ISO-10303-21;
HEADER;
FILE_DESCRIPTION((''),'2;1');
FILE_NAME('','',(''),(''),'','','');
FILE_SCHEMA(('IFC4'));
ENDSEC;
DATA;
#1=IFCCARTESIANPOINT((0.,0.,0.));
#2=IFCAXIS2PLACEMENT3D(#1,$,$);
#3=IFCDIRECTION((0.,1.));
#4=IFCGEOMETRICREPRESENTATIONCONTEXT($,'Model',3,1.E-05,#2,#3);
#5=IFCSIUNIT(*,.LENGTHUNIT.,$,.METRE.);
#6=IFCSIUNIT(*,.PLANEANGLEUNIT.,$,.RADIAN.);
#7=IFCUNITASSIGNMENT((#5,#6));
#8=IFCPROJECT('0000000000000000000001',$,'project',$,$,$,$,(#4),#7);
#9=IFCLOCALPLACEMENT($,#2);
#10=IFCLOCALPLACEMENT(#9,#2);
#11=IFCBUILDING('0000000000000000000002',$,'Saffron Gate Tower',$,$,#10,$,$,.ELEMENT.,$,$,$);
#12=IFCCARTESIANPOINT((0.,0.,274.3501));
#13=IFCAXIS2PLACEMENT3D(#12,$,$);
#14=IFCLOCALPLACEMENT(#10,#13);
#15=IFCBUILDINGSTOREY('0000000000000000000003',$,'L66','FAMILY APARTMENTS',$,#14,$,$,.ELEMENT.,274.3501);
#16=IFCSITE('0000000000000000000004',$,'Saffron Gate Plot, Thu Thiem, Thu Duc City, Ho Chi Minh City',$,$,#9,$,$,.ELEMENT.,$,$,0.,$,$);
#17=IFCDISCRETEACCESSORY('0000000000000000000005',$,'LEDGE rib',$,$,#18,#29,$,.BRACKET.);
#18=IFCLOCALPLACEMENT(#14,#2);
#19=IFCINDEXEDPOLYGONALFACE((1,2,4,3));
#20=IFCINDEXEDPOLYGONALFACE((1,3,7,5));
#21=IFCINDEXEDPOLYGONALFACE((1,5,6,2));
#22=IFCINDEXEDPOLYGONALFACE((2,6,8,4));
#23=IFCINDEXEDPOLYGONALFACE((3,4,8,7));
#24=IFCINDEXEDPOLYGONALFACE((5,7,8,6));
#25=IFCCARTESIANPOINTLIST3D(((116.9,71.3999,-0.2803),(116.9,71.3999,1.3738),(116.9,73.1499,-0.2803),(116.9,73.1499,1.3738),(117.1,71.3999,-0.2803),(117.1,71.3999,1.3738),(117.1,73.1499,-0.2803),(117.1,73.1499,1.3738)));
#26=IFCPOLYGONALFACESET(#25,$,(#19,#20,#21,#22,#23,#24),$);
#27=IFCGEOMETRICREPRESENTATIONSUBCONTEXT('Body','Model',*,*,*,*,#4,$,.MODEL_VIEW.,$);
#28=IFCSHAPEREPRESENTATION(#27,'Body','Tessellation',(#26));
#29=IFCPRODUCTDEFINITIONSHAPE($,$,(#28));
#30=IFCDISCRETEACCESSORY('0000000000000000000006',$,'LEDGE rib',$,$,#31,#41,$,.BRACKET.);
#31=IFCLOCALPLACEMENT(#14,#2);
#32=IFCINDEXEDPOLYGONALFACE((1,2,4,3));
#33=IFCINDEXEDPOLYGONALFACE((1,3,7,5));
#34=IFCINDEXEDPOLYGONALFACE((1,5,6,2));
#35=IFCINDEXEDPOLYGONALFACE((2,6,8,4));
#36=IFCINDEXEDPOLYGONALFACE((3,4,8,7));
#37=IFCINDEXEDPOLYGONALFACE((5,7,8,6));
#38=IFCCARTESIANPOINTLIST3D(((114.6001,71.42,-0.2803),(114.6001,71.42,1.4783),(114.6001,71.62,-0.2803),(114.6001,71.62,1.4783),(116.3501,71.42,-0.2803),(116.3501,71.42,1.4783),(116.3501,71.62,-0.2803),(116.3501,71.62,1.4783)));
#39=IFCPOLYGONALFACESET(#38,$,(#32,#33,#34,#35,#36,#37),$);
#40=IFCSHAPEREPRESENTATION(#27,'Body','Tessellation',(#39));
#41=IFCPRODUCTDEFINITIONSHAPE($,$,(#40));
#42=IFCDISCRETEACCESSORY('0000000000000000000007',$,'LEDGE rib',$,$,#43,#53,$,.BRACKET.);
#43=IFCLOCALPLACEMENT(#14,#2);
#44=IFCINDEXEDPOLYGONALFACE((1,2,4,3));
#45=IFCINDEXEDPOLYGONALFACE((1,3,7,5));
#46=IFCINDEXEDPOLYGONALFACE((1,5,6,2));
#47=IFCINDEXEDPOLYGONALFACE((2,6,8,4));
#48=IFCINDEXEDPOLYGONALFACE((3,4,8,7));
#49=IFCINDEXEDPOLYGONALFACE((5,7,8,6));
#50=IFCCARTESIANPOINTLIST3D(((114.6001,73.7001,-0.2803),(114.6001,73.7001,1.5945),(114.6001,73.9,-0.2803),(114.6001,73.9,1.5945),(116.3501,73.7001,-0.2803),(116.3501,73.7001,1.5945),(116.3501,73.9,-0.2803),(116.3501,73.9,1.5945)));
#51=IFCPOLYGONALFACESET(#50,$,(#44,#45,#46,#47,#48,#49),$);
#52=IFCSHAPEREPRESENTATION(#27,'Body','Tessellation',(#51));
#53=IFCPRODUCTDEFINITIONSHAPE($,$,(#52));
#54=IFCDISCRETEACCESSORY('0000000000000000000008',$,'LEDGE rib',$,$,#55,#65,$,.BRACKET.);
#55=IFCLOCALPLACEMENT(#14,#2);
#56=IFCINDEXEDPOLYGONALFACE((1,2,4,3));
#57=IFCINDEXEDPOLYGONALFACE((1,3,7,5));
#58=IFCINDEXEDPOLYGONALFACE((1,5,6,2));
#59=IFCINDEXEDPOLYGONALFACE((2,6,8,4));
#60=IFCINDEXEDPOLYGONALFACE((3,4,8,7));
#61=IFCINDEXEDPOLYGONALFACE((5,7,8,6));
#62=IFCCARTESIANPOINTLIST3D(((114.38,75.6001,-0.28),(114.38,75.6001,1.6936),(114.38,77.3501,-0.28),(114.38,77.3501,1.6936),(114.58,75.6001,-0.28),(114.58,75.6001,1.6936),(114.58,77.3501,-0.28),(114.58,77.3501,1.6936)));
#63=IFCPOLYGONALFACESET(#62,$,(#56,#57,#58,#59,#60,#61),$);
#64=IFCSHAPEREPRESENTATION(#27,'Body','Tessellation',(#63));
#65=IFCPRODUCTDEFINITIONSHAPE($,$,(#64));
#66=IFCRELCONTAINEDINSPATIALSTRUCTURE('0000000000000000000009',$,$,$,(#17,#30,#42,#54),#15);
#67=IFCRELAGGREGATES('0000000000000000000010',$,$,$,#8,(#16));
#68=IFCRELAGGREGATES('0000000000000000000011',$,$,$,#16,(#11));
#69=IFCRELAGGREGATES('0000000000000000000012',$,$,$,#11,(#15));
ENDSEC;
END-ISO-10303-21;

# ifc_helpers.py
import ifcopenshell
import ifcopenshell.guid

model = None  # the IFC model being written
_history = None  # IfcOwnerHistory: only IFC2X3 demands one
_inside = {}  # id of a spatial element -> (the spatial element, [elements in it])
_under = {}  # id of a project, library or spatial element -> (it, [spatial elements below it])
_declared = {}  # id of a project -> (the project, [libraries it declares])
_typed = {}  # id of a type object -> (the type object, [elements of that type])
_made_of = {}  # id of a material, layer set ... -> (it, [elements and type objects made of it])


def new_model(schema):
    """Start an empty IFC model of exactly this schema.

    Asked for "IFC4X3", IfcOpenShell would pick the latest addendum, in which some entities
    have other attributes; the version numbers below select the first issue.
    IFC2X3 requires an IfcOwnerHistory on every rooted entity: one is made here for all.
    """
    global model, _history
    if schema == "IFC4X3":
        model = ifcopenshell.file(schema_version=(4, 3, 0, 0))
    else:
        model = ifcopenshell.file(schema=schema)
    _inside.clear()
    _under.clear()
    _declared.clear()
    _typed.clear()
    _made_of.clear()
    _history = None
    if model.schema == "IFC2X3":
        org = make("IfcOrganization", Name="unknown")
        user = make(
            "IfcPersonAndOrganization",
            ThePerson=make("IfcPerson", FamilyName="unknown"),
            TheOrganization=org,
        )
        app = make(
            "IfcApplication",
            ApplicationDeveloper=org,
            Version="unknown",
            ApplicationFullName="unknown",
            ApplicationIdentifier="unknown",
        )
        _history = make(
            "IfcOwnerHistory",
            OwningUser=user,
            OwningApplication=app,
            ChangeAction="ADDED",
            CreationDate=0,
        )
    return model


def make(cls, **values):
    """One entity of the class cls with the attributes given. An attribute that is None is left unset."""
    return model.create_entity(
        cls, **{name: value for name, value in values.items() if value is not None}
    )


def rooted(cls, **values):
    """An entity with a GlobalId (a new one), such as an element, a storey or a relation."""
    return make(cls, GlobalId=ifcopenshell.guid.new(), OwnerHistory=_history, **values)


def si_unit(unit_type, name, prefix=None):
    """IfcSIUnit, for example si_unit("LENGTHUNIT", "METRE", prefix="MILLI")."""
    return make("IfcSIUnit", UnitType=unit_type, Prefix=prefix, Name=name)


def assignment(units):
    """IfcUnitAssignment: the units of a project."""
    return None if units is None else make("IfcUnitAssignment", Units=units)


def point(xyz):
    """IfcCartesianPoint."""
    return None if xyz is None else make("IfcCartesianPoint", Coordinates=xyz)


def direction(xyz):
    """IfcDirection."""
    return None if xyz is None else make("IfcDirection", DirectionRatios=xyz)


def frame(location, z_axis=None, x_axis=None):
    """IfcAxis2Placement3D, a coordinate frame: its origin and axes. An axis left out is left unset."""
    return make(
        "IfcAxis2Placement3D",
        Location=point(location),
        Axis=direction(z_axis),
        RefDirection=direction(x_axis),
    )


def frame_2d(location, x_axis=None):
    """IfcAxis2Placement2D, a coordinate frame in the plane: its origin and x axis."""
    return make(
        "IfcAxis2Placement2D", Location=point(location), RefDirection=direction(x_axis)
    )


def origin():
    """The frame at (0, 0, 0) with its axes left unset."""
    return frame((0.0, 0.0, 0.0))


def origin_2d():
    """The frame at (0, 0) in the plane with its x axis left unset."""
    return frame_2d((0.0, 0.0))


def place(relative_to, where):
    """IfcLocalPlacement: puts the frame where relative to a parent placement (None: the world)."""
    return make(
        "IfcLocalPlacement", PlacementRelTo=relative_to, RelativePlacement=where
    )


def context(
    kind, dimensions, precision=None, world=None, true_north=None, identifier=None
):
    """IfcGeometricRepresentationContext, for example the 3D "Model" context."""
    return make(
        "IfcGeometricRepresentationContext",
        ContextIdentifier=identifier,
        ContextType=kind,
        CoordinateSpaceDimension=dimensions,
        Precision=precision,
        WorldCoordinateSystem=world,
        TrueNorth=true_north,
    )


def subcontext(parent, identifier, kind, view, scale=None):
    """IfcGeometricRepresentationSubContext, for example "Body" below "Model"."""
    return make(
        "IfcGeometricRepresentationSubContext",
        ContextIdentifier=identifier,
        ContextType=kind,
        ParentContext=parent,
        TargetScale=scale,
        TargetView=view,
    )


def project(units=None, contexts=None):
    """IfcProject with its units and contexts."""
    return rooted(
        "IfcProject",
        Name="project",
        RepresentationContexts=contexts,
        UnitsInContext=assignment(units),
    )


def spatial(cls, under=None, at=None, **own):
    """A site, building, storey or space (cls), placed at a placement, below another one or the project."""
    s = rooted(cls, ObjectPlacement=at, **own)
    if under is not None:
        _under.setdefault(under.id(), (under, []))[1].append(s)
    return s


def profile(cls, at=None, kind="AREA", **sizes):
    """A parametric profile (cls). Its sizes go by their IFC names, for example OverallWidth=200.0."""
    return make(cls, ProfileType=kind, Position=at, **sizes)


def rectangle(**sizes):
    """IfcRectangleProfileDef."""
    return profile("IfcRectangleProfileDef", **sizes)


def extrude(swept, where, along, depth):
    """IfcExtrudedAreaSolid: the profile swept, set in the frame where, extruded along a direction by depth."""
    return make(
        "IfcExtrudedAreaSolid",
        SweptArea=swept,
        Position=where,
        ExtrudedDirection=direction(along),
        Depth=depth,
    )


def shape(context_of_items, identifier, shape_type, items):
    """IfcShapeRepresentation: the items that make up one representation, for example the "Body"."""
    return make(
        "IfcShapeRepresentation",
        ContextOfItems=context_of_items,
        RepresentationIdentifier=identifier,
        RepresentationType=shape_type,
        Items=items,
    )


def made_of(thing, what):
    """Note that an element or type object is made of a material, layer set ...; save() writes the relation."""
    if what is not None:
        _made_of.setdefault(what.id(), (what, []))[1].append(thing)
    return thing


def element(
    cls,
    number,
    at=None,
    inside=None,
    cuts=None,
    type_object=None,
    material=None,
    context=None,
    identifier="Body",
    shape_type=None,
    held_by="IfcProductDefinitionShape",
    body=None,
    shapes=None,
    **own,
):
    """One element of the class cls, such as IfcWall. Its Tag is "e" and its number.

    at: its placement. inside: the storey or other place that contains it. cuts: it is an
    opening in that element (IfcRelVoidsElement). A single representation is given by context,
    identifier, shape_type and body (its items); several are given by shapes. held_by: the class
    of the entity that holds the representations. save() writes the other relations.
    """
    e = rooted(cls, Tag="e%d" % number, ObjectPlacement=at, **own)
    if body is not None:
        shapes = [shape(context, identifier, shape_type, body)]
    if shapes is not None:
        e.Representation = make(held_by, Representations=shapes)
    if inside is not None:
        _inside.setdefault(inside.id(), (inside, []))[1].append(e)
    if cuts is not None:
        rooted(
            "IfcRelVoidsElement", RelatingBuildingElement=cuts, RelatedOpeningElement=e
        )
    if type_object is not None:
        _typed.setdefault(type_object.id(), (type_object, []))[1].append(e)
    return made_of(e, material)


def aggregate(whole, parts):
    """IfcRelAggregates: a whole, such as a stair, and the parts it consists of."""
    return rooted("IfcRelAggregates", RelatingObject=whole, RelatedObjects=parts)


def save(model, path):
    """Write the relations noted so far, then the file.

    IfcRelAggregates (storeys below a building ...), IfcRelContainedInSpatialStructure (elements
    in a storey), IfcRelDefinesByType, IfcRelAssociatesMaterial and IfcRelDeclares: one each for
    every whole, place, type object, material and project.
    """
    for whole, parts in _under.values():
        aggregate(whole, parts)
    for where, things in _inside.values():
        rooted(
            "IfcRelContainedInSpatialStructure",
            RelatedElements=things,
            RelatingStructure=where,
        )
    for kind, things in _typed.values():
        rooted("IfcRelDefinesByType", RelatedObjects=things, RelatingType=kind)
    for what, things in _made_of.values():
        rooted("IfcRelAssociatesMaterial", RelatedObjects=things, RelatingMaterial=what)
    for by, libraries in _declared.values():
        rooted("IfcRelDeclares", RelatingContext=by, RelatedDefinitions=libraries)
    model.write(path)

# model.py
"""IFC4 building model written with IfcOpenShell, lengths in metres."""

from ifc_helpers import new_model, si_unit, direction, frame, origin, origin_2d, place, context, subcontext, project, spatial, rectangle, extrude, element, save


model = new_model("IFC4")

# Units and contexts
model_context = context("Model", 3, precision=1e-05, world=origin(), true_north=direction((0.0, 1.0)))
body_context = subcontext(model_context, "Body", "Model", "MODEL_VIEW")
ifc_project = project(units=[si_unit("LENGTHUNIT", "METRE"), si_unit("PLANEANGLEUNIT", "RADIAN")], contexts=[model_context])

# Site, building, storey
site_placement = place(None, origin())
site = spatial("IfcSite", under=ifc_project, at=site_placement, Name="Saffron Gate Plot, Thu Thiem, Thu Duc City, Ho Chi Minh City", CompositionType="ELEMENT", RefElevation=0.0)
building_placement = place(site_placement, origin())
building = spatial("IfcBuilding", under=site, at=building_placement, Name="Saffron Gate Tower", CompositionType="ELEMENT")
storey_placement = place(building_placement, frame((0.0, 0.0, 274.3501)))
storey = spatial("IfcBuildingStorey", under=building, at=storey_placement, Name="L66", Description="FAMILY APARTMENTS", CompositionType="ELEMENT", Elevation=274.3501)

# Discrete accessories
discrete_accessory_1_placement = place(storey_placement, frame((117.0, 72.2749, -0.2803), z_axis=(0.0, 0.0, 1.0), x_axis=(-1.0, 0.0, 0.0)))
element("IfcDiscreteAccessory", 1, at=discrete_accessory_1_placement, inside=storey, Name="LEDGE rib", PredefinedType="BRACKET", context=body_context, shape_type="SweptSolid", body=[
    extrude(rectangle(XDim=0.2, YDim=1.75, at=origin_2d()), origin(), (0.0, 0.0, 1.0), 1.6541),
])
discrete_accessory_2_placement = place(storey_placement, frame((115.4751, 71.52, -0.2803), z_axis=(0.0, 0.0, 1.0), x_axis=(0.0, 1.0, 0.0)))
element("IfcDiscreteAccessory", 2, at=discrete_accessory_2_placement, inside=storey, Name="LEDGE rib", PredefinedType="BRACKET", context=body_context, shape_type="SweptSolid", body=[
    extrude(rectangle(XDim=0.2, YDim=1.75, at=origin_2d()), origin(), (0.0, 0.0, 1.0), 1.7585),
])
discrete_accessory_3_placement = place(storey_placement, frame((115.4751, 73.8, -0.2803), z_axis=(0.0, 0.0, 1.0), x_axis=(0.0, 1.0, 0.0)))
element("IfcDiscreteAccessory", 3, at=discrete_accessory_3_placement, inside=storey, Name="LEDGE rib", PredefinedType="BRACKET", context=body_context, shape_type="SweptSolid", body=[
    extrude(rectangle(XDim=0.2, YDim=1.75, at=origin_2d()), origin(), (0.0, 0.0, 1.0), 1.8748),
])
discrete_accessory_4_placement = place(storey_placement, frame((114.48, 76.4751, -0.28), z_axis=(0.0, 0.0, 1.0), x_axis=(-1.0, 0.0, 0.0)))
element("IfcDiscreteAccessory", 4, at=discrete_accessory_4_placement, inside=storey, Name="LEDGE rib", PredefinedType="BRACKET", context=body_context, shape_type="SweptSolid", body=[
    extrude(rectangle(XDim=0.2, YDim=1.75, at=origin_2d()), origin(), (0.0, 0.0, 1.0), 1.9736),
])

save(model, "model.ifc")
